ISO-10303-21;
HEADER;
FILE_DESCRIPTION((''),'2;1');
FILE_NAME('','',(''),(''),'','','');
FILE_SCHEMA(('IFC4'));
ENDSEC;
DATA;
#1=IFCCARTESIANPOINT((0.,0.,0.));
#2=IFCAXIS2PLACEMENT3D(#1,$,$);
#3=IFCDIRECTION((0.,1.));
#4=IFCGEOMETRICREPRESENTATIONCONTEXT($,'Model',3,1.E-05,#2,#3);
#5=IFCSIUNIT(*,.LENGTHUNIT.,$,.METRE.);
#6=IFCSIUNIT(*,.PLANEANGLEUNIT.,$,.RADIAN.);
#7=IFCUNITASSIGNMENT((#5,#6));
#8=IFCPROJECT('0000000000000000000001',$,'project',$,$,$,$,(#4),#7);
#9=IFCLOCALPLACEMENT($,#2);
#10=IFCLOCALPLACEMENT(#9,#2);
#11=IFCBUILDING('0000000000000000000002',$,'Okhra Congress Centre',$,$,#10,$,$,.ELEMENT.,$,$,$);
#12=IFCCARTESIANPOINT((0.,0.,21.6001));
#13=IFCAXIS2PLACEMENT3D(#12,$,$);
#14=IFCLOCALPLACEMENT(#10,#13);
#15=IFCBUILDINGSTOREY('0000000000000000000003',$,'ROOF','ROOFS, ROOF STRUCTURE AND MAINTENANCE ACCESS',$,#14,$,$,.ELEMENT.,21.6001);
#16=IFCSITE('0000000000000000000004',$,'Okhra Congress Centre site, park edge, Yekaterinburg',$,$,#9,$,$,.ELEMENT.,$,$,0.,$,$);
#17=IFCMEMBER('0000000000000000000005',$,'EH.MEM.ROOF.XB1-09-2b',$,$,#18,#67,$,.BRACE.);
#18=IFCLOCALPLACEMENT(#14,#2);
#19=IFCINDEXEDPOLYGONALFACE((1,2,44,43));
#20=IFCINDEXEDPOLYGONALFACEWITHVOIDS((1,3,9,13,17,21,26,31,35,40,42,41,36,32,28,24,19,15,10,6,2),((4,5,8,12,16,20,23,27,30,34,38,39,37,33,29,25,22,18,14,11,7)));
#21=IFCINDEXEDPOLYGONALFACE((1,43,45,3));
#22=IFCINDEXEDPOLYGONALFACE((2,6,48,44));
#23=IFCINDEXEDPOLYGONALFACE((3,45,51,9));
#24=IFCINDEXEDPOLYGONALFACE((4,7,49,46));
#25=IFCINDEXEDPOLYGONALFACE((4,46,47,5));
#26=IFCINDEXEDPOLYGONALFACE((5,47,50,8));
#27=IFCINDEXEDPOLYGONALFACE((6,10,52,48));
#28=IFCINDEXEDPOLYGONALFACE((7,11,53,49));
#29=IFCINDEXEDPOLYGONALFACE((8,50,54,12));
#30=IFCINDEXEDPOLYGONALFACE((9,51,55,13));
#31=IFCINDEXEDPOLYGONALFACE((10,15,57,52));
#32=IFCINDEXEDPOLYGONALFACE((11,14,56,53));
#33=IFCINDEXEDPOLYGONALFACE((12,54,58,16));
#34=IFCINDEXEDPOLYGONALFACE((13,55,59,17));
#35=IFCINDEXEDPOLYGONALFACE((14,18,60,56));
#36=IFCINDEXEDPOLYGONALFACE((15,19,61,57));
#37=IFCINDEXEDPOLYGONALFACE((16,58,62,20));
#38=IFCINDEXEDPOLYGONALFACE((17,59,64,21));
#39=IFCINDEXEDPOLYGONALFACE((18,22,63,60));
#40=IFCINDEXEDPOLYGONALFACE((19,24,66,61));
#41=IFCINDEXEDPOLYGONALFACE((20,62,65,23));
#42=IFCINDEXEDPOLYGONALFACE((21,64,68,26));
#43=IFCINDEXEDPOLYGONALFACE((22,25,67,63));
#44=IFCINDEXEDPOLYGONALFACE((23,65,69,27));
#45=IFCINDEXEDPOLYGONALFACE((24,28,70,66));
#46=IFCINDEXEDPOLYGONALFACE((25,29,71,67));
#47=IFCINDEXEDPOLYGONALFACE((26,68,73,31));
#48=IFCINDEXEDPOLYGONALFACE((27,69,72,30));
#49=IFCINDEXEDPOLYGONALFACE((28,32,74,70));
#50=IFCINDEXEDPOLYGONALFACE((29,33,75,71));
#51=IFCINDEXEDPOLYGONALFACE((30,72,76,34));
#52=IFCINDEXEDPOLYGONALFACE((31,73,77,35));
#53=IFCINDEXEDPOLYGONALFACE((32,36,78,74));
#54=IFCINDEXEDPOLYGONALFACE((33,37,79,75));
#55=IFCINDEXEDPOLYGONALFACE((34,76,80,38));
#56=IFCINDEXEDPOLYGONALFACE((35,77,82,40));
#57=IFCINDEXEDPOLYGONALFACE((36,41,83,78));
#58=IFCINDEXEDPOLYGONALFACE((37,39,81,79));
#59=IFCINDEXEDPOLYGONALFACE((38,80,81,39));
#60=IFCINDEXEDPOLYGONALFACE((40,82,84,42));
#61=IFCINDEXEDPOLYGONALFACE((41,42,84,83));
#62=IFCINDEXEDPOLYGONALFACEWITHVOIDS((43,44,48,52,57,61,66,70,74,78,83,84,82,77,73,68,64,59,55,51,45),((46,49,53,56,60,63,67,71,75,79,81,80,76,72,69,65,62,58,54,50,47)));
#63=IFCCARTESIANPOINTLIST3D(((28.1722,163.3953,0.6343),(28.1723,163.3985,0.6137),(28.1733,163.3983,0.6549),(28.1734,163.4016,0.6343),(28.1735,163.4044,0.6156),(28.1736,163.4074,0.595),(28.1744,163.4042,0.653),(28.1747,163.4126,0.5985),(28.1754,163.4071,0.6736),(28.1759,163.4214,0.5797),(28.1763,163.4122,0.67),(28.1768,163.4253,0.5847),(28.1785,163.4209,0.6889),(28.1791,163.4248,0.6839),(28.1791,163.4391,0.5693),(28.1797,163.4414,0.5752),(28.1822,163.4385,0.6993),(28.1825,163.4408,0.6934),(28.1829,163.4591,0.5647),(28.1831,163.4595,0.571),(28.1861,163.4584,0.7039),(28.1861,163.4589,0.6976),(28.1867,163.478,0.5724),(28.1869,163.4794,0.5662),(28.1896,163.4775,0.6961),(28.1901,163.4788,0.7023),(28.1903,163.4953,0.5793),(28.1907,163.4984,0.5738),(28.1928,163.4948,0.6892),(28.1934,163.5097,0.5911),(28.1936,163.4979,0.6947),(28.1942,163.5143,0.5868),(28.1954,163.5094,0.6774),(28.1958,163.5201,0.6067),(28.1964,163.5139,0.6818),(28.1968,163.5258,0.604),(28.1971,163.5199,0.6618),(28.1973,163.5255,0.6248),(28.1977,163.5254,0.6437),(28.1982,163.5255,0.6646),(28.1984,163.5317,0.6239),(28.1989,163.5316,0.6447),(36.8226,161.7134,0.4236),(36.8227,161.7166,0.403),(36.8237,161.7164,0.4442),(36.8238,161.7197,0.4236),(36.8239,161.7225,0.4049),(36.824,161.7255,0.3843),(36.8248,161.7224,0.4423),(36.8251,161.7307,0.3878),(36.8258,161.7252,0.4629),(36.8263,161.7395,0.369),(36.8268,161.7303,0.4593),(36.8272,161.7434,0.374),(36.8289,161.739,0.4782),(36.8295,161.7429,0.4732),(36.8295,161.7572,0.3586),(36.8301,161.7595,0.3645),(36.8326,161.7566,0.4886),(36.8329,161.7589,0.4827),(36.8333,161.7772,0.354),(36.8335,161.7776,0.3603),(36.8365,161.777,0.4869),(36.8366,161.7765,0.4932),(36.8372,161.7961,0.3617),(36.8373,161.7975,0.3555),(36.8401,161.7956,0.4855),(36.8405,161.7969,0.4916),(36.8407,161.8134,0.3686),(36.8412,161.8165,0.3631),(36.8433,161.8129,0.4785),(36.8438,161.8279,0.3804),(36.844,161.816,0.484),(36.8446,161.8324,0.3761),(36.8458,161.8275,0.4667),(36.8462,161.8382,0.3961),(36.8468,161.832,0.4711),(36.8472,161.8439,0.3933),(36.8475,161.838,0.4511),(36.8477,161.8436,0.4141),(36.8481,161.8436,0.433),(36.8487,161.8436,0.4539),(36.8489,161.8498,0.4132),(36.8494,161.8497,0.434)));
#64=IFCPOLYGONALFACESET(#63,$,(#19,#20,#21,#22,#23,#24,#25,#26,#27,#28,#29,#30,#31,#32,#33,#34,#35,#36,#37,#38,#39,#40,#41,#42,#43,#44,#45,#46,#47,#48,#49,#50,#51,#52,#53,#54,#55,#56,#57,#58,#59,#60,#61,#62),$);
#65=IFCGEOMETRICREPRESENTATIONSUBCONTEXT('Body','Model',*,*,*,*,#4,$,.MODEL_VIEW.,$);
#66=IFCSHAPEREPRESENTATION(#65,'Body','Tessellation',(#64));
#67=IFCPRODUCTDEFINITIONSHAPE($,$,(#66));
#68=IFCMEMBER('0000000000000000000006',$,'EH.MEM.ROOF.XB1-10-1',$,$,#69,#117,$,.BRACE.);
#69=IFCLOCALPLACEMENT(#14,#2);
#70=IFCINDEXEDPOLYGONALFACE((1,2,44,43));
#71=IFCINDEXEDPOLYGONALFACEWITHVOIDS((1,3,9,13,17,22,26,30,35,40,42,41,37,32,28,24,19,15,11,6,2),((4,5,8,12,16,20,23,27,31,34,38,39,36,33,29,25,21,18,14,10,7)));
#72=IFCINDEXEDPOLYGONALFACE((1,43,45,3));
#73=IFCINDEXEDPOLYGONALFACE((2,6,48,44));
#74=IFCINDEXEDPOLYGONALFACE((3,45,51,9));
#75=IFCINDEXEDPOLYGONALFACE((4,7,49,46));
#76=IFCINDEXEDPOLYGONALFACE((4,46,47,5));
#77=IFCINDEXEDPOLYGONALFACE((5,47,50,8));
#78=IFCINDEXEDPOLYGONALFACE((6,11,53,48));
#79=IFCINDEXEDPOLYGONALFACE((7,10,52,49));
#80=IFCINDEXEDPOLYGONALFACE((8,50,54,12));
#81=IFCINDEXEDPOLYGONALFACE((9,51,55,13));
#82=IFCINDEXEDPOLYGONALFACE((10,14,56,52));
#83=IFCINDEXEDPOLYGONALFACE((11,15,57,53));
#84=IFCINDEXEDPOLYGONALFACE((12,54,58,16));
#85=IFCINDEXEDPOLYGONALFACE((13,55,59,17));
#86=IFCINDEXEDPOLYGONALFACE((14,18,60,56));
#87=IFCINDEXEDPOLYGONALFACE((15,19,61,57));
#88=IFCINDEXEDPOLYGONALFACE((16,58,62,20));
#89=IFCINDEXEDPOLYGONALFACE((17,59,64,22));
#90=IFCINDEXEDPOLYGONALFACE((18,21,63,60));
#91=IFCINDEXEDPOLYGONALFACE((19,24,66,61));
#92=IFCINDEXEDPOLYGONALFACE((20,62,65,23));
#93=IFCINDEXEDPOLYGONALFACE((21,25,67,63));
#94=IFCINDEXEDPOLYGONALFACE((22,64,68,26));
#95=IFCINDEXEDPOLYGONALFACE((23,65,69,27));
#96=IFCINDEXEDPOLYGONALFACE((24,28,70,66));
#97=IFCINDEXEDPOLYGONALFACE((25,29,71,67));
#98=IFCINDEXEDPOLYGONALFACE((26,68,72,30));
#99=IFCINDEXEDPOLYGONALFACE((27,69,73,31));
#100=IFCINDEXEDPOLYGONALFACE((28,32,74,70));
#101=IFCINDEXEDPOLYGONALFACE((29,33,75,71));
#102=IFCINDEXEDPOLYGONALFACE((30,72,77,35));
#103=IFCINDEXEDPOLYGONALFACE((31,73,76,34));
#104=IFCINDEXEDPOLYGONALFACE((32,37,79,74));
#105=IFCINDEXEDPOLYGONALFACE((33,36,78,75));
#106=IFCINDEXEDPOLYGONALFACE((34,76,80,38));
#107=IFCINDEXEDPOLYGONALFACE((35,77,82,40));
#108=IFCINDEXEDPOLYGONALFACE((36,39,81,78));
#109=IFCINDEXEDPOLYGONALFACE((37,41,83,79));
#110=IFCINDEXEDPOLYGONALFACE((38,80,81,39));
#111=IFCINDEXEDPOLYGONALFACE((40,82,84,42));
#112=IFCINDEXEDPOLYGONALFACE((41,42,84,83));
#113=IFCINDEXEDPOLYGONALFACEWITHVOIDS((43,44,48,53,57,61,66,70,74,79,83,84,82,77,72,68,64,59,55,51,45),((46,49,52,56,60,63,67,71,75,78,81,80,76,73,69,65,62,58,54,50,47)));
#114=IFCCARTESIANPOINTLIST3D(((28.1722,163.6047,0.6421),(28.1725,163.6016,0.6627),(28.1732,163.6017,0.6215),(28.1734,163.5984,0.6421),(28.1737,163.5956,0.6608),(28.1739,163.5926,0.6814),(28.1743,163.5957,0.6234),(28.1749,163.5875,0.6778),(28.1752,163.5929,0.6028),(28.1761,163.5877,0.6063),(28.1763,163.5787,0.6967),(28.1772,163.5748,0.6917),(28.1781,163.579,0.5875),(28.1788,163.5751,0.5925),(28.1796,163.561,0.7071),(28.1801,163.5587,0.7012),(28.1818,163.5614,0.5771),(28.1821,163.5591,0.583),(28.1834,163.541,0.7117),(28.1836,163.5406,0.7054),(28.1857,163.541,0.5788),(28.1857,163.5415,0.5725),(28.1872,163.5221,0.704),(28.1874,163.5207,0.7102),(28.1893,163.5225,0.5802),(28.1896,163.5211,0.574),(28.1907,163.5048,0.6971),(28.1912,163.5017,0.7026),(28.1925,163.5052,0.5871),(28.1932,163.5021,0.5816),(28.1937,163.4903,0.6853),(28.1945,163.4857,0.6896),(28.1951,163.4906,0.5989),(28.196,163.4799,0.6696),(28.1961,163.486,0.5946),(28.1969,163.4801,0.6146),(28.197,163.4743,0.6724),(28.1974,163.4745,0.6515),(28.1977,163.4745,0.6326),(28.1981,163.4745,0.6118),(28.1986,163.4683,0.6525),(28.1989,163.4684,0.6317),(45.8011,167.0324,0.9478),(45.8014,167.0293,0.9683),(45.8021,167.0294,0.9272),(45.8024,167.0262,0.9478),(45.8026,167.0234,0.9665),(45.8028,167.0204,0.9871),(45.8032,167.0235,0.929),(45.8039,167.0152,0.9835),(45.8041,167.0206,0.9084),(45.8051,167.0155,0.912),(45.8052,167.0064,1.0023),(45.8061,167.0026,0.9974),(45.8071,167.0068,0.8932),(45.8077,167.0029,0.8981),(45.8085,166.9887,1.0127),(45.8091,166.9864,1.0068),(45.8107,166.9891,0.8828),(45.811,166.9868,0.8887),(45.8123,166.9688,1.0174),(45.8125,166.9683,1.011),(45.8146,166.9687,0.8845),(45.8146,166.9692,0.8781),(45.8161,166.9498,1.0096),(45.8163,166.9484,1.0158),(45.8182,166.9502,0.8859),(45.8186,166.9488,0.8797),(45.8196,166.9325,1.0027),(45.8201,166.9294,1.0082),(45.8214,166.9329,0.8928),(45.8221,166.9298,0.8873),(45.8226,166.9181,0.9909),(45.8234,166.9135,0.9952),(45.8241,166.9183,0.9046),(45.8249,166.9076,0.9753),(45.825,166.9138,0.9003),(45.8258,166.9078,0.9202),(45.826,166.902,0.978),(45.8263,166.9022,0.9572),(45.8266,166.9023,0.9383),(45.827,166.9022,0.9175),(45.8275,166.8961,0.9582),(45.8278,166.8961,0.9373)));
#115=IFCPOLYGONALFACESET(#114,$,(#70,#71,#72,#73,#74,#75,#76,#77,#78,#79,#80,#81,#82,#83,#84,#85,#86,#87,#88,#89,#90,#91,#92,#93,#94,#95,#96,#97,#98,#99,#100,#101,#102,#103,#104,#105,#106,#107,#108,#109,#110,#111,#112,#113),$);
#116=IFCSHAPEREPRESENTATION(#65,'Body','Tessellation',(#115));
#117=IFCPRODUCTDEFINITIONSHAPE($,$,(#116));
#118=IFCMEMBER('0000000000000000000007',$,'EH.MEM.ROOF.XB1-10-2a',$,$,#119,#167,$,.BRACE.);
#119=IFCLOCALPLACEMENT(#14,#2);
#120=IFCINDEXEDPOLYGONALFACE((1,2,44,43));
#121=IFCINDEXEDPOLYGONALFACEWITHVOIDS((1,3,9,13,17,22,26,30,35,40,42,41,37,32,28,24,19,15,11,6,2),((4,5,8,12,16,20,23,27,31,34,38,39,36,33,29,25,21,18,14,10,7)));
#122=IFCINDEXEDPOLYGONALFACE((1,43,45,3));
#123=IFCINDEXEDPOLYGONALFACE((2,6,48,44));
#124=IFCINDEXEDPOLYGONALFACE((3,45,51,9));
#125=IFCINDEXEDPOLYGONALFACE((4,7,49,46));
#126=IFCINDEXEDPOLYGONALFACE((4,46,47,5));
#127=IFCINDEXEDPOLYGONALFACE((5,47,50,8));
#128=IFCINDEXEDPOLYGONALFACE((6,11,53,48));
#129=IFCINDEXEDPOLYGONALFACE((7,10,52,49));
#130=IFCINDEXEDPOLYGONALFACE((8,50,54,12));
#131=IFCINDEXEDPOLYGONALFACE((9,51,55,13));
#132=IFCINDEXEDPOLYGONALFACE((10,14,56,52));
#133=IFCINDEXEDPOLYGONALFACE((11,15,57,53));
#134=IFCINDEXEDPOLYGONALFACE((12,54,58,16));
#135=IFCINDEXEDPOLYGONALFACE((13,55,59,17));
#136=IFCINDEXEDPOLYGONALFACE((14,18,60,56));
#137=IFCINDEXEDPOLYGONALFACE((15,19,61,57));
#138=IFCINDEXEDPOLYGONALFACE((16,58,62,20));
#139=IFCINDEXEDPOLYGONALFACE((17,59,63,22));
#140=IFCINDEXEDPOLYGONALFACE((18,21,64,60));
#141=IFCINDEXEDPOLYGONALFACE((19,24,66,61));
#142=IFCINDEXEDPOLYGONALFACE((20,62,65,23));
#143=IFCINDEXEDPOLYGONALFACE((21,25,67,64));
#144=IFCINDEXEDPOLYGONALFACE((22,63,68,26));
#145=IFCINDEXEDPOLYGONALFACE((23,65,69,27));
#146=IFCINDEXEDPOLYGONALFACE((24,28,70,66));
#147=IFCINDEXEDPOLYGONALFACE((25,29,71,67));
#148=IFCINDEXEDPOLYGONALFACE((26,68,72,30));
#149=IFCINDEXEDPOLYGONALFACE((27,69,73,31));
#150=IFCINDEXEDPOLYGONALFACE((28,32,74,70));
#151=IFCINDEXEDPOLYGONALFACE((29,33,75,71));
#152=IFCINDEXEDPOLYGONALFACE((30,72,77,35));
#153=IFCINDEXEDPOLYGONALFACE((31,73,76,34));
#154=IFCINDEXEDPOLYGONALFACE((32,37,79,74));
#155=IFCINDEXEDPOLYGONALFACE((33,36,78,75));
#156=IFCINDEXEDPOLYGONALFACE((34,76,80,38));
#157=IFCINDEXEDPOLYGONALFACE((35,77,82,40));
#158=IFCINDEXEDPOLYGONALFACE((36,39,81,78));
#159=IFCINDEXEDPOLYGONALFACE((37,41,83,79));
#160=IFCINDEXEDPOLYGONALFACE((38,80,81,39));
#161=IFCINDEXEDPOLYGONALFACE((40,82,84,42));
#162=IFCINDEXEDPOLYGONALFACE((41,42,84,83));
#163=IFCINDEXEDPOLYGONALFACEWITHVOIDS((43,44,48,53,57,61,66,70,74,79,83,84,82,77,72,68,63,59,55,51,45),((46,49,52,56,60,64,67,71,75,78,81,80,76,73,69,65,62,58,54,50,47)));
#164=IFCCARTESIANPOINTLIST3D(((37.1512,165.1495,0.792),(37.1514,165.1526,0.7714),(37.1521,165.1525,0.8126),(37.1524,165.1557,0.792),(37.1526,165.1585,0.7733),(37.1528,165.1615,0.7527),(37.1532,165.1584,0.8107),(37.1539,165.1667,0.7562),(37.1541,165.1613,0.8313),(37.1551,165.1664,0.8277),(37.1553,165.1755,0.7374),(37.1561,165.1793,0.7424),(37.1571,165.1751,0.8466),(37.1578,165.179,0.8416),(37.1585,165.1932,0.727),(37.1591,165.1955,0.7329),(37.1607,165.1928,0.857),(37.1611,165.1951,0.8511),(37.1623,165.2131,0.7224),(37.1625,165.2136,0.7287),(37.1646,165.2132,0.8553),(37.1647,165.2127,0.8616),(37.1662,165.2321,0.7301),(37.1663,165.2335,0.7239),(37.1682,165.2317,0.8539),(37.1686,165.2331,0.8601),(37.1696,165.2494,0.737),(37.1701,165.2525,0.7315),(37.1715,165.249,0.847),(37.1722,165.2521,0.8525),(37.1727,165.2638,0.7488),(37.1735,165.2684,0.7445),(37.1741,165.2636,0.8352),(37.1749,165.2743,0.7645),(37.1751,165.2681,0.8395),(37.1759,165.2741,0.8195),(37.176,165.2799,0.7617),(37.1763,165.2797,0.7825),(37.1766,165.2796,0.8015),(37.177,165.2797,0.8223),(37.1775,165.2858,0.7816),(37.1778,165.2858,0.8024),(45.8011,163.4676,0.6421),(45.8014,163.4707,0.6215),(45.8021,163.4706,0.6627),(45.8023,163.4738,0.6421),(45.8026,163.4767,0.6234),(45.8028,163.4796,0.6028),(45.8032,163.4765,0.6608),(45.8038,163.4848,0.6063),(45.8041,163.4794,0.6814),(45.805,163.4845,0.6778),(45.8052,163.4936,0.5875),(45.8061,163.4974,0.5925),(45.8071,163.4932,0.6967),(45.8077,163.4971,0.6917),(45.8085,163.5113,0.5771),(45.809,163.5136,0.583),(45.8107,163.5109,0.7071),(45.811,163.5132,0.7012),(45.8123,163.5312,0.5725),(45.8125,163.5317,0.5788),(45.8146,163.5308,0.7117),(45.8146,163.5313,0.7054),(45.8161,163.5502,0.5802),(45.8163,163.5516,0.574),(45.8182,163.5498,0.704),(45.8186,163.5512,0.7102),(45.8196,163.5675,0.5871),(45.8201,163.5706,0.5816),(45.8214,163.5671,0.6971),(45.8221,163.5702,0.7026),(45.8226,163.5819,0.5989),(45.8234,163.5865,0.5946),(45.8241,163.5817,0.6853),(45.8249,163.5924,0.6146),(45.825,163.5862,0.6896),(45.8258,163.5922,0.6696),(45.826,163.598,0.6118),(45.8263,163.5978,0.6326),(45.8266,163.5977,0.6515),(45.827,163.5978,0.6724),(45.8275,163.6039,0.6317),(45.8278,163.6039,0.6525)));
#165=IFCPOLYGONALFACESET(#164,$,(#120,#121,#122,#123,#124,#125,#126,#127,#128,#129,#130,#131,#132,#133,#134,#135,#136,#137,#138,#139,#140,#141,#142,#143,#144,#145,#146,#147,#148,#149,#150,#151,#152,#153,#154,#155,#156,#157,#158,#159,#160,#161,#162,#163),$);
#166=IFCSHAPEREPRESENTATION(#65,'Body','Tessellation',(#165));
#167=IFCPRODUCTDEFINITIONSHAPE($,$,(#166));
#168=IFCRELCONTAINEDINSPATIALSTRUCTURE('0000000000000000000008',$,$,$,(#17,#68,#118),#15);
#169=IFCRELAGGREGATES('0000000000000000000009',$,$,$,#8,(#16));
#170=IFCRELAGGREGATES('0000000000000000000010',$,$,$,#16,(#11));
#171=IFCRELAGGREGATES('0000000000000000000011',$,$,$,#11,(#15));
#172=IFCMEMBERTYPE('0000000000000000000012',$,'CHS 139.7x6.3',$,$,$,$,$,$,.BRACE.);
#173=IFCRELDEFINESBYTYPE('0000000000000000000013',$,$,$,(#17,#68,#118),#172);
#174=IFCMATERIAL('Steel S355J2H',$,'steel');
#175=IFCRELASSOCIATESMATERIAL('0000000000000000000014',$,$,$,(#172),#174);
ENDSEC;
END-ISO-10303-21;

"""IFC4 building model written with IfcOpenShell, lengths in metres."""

from ifc_helpers import new_model, si_unit, direction, frame, origin, origin_2d, place, context, subcontext, project, spatial, hollow_circle, extrude, material, material_profile, profile_set, type_object, element, save


model = new_model("IFC4")

# Units and contexts
model_context = context("Model", 3, precision=1e-05, world=origin(), true_north=direction((0.0, 1.0)))
body_context = subcontext(model_context, "Body", "Model", "MODEL_VIEW")
ifc_project = project(units=[si_unit("LENGTHUNIT", "METRE"), si_unit("PLANEANGLEUNIT", "RADIAN")], contexts=[model_context])

# Site, building, storey
site_placement = place(None, origin())
site = spatial("IfcSite", under=ifc_project, at=site_placement, Name="Okhra Congress Centre site, park edge, Yekaterinburg", CompositionType="ELEMENT", RefElevation=0.0)
building_placement = place(site_placement, origin())
building = spatial("IfcBuilding", under=site, at=building_placement, Name="Okhra Congress Centre", CompositionType="ELEMENT")
storey_placement = place(building_placement, frame((0.0, 0.0, 21.6001)))
storey = spatial("IfcBuildingStorey", under=building, at=storey_placement, Name="ROOF", Description="ROOFS, ROOF STRUCTURE AND MAINTENANCE ACCESS", CompositionType="ELEMENT", Elevation=21.6001)

# Members
ifc_material_1 = material(Name="Steel S355J2H", Category="steel")
ifc_material_profile_1 = material_profile(ifc_material_1, hollow_circle(Radius=0.0698, WallThickness=0.0063, at=origin_2d()), Name="CHS 139.7x6.3")
ifc_profile_set_1 = profile_set([ifc_material_profile_1], Name="Steel S355J2H")
member_type_1 = type_object("IfcMemberType", Name="CHS 139.7x6.3", PredefinedType="BRACE", material=ifc_profile_set_1)
member_1_placement = place(storey_placement, frame((36.8359, 161.782, 0.4236), z_axis=(-0.981338, 0.1908, 0.023902), x_axis=(-0.190855, -0.981618, 0.0)))
element("IfcMember", 1, at=member_1_placement, inside=storey, type_object=member_type_1, Name="EH.MEM.ROOF.XB1-09-2b", PredefinedType="BRACE", context=body_context, shape_type="SweptSolid", body=[
    extrude(hollow_circle(Radius=0.0698, WallThickness=0.0063, at=origin_2d()), origin(), (0.0, 0.0, 1.0), 8.8149),
])
member_2_placement = place(storey_placement, frame((28.1855, 163.5361, 0.6421), z_axis=(0.981474, 0.190836, 0.017018), x_axis=(-0.190864, 0.981617, 0.0)))
element("IfcMember", 2, at=member_2_placement, inside=storey, type_object=member_type_1, Name="EH.MEM.ROOF.XB1-10-1", PredefinedType="BRACE", context=body_context, shape_type="SweptSolid", body=[
    extrude(hollow_circle(Radius=0.0698, WallThickness=0.0063, at=origin_2d()), origin(), (0.0, 0.0, 1.0), 17.9617),
])
for number, where, z_axis, x_axis, name in (
    (3, (45.8145, 163.5361, 0.6421), (-0.981474, 0.190838, 0.017009), (-0.190865, -0.981616, 0.0), "EH.MEM.ROOF.XB1-10-2a"),
):
    element("IfcMember", number, at=place(storey_placement, frame(where, z_axis=z_axis, x_axis=x_axis)), inside=storey, type_object=member_type_1, Name=name, PredefinedType="BRACE", context=body_context, shape_type="SweptSolid", body=[
        extrude(hollow_circle(Radius=0.0698, WallThickness=0.0063, at=origin_2d()), origin(), (0.0, 0.0, 1.0), 8.8132),
    ])

save(model, "model.ifc")
